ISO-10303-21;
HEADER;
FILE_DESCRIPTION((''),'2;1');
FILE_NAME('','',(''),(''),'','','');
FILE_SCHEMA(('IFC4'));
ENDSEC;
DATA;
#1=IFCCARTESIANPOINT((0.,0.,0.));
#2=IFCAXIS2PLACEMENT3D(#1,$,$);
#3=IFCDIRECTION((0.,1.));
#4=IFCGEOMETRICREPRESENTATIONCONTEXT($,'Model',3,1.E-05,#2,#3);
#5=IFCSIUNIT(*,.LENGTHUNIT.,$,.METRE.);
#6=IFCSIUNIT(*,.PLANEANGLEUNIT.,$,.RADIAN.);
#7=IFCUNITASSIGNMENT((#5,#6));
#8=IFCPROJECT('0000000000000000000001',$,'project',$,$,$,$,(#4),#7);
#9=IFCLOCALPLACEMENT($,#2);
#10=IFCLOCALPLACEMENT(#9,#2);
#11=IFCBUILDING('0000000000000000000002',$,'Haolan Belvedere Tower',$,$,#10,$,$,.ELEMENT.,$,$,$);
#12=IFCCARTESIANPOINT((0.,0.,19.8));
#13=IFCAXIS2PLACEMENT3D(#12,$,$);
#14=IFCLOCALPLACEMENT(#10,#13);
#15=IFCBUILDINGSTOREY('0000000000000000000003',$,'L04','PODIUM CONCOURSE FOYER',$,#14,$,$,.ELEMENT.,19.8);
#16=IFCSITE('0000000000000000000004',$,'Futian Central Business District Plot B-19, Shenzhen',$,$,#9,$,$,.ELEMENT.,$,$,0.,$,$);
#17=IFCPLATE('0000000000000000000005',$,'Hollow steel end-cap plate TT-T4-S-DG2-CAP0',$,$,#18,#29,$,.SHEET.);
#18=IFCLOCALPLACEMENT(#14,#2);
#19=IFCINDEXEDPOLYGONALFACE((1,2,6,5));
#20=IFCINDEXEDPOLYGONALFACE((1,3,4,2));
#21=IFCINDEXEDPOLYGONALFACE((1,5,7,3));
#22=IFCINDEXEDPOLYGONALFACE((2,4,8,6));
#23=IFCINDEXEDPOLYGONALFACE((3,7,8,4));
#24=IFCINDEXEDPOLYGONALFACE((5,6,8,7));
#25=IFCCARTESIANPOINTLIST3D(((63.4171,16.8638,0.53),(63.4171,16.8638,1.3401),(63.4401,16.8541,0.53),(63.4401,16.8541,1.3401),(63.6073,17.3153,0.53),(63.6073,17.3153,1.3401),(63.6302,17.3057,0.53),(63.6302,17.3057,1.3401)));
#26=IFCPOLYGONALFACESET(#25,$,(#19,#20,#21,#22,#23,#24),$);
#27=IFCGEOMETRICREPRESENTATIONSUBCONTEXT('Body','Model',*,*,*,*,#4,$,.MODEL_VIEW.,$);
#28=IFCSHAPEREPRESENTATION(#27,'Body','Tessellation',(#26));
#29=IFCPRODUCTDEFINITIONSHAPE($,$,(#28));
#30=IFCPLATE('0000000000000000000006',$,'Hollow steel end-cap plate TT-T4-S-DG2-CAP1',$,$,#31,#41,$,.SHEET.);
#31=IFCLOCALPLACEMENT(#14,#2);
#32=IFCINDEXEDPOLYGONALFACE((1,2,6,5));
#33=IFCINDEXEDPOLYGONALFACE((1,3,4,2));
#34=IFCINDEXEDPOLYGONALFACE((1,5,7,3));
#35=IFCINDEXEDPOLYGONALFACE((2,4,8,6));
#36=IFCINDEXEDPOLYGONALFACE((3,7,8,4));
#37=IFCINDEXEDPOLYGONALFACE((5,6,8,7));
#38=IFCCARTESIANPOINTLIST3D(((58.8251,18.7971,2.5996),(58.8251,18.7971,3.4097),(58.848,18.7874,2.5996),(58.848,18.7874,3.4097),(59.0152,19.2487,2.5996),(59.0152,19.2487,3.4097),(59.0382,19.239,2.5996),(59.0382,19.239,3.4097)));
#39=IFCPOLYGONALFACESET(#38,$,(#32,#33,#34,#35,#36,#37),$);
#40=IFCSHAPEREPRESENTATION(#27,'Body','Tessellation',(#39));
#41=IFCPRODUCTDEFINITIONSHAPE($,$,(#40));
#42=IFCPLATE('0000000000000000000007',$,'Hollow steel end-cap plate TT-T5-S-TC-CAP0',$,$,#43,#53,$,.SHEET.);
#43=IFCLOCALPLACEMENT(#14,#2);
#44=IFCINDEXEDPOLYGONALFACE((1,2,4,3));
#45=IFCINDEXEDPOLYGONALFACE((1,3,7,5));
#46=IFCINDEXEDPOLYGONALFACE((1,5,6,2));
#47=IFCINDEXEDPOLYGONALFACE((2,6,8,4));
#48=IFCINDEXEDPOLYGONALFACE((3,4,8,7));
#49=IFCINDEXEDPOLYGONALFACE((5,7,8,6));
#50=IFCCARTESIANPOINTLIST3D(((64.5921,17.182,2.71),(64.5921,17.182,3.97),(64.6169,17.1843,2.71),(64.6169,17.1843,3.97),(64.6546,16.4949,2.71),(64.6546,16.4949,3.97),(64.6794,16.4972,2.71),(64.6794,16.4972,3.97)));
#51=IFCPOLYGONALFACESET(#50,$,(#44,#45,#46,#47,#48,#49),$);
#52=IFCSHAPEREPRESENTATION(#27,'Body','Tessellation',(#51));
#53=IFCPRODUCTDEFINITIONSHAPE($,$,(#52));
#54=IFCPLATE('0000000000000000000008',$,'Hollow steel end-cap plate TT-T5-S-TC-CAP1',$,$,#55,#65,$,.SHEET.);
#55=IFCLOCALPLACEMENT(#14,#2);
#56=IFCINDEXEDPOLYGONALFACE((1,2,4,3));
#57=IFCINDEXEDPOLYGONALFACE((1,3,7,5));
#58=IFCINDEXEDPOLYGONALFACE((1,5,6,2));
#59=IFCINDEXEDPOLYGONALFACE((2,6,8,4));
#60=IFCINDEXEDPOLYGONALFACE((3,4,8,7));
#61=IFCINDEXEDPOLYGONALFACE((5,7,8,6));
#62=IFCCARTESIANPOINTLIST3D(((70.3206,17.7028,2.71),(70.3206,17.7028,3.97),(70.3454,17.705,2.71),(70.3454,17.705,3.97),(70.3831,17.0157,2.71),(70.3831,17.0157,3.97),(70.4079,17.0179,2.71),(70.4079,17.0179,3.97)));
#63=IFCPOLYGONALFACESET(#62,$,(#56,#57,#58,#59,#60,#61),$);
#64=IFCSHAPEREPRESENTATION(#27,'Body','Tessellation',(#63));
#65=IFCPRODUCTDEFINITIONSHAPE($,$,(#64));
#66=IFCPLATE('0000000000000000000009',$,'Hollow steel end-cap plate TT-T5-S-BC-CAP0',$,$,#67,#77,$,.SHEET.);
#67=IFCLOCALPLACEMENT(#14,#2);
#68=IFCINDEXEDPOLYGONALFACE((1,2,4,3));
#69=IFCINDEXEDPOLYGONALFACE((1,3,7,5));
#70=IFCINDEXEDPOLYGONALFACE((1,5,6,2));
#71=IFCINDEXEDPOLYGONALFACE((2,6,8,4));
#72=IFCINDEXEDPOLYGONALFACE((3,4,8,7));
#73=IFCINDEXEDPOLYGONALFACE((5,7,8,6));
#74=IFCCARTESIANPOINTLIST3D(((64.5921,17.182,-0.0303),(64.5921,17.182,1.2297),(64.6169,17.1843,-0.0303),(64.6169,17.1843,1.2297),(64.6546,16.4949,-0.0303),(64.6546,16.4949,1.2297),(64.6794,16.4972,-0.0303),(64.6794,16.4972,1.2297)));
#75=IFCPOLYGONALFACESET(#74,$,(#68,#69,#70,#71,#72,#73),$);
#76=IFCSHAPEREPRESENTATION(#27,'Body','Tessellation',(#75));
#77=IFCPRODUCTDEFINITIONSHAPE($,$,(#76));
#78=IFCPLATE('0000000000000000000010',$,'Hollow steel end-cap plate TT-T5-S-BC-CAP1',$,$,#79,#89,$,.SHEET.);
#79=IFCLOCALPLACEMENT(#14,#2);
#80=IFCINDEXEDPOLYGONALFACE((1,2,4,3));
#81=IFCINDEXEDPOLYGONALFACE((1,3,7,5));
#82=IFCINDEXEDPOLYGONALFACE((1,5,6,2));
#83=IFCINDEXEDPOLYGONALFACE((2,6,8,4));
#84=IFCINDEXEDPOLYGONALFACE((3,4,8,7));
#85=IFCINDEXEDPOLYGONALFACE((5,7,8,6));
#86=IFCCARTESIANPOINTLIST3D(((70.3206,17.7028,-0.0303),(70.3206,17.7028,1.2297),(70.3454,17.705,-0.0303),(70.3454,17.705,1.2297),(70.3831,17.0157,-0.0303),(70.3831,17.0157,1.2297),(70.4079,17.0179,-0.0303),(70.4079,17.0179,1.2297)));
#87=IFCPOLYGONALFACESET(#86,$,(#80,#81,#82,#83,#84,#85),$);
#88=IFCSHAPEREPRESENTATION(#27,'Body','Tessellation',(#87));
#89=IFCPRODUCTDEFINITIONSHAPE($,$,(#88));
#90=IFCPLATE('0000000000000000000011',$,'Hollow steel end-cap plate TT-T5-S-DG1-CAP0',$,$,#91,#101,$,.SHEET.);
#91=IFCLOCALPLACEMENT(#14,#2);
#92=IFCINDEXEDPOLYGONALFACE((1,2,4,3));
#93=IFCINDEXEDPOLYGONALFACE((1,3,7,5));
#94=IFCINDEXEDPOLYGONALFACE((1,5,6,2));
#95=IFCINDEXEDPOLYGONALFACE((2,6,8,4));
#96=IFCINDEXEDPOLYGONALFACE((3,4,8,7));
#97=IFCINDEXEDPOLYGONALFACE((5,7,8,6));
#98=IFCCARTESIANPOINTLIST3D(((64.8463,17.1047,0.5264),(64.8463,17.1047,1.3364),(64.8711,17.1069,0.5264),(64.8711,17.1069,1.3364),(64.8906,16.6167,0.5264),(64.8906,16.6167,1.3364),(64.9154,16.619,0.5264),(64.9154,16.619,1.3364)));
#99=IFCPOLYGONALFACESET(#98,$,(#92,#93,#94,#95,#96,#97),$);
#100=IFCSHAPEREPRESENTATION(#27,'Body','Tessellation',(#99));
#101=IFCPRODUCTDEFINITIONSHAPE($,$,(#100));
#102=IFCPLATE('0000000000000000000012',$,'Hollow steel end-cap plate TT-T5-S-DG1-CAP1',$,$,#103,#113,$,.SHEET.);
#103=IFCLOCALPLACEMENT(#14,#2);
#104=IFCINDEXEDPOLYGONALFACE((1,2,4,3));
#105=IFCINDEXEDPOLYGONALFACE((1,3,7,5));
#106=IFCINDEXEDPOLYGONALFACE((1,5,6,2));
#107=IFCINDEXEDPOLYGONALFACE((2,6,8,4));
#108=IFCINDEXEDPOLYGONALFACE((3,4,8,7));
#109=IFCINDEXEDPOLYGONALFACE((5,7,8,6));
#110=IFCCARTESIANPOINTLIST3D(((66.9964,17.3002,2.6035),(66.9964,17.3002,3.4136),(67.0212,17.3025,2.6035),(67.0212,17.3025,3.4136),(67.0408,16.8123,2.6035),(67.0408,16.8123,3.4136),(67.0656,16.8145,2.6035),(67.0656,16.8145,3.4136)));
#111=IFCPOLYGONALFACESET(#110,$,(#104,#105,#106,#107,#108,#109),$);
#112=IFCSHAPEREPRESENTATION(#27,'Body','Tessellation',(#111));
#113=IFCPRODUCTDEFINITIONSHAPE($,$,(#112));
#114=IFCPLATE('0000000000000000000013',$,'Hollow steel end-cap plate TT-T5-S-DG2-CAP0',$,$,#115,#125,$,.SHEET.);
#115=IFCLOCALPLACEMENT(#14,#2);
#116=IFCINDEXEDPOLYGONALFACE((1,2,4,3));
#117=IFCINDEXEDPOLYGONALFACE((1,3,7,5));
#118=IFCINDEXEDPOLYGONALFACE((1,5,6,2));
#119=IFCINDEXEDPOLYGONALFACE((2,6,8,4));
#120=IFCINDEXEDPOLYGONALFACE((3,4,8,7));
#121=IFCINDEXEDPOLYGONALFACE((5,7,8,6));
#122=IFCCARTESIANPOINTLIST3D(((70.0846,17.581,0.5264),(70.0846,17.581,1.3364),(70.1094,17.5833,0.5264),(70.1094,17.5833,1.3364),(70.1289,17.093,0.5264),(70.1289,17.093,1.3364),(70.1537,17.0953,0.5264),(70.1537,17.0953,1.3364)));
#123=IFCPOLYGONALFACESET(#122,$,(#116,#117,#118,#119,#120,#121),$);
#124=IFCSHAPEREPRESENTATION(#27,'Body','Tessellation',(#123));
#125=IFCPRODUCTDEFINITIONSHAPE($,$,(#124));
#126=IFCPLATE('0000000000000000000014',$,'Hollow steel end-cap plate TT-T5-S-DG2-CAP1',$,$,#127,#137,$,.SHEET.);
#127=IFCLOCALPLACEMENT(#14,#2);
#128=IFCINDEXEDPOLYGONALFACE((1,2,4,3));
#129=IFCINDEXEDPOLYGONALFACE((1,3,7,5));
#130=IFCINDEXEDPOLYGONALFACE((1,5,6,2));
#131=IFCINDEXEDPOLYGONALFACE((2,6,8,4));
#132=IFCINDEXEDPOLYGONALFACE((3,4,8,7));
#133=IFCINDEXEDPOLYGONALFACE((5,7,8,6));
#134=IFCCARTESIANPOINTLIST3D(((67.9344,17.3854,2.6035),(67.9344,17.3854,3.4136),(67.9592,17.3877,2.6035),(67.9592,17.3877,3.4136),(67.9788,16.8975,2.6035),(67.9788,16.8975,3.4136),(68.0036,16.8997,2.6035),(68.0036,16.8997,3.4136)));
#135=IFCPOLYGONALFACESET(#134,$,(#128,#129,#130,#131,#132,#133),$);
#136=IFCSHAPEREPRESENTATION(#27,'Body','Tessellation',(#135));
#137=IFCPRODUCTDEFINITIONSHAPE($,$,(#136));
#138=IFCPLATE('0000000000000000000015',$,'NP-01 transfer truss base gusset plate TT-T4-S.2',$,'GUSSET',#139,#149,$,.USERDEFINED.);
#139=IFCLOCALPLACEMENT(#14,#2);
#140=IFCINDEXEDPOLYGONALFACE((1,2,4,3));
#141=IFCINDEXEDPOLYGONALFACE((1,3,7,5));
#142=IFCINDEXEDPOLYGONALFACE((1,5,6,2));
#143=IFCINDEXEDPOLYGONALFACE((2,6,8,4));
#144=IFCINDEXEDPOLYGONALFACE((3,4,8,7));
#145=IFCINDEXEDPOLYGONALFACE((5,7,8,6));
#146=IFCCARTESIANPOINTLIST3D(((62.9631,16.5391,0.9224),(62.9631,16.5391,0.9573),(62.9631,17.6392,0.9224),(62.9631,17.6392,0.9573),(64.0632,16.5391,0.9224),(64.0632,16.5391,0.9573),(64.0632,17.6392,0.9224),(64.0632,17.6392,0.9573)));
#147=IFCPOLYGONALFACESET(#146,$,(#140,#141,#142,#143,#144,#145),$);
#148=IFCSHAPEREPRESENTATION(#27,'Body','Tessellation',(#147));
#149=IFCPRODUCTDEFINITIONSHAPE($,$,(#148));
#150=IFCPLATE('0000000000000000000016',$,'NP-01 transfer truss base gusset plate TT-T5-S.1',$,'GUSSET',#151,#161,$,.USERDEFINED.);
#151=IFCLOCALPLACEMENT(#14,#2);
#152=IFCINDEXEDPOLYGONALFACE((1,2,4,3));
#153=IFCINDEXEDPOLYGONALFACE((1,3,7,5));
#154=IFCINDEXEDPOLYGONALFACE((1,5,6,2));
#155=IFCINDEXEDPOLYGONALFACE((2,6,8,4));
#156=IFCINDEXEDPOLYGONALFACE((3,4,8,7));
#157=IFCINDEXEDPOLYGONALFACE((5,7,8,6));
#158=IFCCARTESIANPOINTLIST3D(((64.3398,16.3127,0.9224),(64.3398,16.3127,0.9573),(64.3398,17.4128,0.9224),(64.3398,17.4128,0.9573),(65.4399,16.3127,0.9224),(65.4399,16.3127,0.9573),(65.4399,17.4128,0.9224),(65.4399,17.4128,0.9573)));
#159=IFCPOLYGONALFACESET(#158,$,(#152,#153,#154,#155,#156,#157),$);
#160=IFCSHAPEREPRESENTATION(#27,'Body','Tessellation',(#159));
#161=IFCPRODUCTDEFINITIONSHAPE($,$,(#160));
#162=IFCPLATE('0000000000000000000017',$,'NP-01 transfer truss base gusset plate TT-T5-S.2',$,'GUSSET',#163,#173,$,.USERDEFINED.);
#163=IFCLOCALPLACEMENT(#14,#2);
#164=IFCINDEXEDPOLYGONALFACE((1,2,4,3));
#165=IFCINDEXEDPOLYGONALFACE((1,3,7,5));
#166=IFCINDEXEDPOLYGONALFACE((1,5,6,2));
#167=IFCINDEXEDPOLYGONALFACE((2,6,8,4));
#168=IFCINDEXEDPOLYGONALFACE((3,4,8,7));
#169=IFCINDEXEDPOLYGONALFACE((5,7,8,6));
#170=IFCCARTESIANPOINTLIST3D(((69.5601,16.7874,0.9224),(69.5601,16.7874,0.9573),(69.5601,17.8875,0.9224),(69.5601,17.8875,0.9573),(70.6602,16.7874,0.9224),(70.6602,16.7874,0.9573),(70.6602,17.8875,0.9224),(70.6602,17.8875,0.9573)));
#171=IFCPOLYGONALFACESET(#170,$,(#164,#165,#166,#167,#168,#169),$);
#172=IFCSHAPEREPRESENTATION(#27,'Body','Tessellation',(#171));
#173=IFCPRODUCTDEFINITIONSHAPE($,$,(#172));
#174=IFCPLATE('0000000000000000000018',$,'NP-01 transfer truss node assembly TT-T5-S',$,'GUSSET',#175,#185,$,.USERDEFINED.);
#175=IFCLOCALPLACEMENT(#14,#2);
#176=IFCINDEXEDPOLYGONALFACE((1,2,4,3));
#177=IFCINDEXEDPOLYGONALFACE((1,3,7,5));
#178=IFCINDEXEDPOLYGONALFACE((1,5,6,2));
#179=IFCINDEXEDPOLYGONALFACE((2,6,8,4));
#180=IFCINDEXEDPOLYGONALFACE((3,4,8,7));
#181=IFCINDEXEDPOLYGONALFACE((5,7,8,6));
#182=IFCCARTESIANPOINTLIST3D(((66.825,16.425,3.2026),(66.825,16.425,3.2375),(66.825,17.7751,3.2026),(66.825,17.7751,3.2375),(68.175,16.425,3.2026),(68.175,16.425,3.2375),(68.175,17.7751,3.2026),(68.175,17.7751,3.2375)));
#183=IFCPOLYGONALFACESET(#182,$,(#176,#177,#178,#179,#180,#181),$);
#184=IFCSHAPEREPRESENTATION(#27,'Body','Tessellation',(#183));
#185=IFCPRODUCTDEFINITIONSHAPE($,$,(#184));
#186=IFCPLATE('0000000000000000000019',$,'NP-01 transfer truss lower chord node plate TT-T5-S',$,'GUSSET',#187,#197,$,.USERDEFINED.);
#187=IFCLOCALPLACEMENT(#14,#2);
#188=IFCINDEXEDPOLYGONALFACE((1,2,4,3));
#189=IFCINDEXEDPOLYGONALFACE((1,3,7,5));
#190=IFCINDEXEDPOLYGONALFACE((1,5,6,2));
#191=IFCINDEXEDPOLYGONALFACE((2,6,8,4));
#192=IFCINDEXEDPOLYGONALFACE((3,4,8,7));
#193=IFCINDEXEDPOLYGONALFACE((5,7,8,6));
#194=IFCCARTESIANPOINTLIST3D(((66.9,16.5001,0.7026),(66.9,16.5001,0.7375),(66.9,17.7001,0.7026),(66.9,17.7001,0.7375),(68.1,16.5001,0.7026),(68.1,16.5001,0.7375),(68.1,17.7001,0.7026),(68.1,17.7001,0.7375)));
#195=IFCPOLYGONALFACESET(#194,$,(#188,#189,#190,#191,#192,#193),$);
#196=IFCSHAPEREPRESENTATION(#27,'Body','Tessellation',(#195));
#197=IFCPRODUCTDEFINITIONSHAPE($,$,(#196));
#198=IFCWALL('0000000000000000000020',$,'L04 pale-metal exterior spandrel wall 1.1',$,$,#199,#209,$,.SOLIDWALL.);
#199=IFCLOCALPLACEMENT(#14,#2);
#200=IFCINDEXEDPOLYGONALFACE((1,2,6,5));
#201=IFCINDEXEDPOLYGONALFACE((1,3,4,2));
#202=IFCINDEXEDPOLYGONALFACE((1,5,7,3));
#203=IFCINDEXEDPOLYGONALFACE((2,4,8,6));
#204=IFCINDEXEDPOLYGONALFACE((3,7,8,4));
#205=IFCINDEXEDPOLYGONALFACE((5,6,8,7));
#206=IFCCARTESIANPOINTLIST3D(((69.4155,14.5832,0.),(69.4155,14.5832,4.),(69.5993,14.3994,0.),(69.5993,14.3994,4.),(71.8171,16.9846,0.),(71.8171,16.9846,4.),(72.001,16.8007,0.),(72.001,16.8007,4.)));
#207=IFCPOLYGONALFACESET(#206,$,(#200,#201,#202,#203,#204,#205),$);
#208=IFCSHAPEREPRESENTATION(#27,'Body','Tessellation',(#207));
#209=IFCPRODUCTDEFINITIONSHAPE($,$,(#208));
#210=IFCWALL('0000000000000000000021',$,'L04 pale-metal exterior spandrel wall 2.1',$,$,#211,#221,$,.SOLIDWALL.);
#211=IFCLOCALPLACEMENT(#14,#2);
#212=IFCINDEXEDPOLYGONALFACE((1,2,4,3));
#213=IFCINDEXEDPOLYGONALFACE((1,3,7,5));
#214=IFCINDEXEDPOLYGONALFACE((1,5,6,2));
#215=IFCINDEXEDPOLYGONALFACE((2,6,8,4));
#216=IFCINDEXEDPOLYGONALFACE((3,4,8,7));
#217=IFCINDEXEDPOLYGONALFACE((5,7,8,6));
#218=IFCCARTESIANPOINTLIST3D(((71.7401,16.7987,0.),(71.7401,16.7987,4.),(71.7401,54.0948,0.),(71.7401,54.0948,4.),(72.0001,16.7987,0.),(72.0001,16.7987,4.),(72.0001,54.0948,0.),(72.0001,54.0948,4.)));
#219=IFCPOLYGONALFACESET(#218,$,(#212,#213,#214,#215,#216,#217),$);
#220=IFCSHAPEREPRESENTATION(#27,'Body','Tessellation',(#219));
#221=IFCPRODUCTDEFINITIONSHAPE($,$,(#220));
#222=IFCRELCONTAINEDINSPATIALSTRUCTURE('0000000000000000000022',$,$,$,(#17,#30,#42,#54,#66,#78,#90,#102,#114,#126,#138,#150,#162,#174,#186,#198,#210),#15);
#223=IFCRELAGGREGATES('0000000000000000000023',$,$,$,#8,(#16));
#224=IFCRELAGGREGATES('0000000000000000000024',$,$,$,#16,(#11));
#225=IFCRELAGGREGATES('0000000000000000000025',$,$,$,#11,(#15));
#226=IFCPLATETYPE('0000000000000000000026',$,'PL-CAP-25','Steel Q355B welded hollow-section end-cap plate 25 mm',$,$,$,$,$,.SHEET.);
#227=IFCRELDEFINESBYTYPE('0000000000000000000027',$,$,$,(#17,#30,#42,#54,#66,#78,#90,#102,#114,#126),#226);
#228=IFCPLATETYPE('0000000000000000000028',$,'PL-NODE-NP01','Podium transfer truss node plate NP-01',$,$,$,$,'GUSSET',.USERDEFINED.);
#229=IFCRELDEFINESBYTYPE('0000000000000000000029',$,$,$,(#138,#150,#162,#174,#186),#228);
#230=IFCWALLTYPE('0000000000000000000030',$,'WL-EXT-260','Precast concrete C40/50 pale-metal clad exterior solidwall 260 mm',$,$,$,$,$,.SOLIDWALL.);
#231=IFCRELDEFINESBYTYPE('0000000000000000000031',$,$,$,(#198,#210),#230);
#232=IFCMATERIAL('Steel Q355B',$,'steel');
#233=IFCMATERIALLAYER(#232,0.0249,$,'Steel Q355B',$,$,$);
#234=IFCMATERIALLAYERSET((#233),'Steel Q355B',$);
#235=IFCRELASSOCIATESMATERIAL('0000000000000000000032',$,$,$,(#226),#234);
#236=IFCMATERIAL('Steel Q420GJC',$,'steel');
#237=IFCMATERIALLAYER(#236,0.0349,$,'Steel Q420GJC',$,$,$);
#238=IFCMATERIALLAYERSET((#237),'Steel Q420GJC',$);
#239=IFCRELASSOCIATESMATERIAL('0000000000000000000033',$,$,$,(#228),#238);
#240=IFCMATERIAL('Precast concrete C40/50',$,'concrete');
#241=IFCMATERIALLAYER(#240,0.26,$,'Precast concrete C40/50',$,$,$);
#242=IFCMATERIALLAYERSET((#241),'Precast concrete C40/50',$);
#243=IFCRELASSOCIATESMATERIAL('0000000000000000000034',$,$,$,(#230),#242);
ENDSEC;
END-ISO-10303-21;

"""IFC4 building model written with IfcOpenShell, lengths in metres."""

from ifc_helpers import new_model, si_unit, direction, frame, frame_2d, origin, origin_2d, place, context, subcontext, project, spatial, rectangle, extrude, material, layer, layer_set, type_object, element, save


model = new_model("IFC4")

# Units and contexts
model_context = context("Model", 3, precision=1e-05, world=origin(), true_north=direction((0.0, 1.0)))
body_context = subcontext(model_context, "Body", "Model", "MODEL_VIEW")
ifc_project = project(units=[si_unit("LENGTHUNIT", "METRE"), si_unit("PLANEANGLEUNIT", "RADIAN")], contexts=[model_context])

# Site, building, storey
site_placement = place(None, origin())
site = spatial("IfcSite", under=ifc_project, at=site_placement, Name="Futian Central Business District Plot B-19, Shenzhen", CompositionType="ELEMENT", RefElevation=0.0)
building_placement = place(site_placement, origin())
building = spatial("IfcBuilding", under=site, at=building_placement, Name="Haolan Belvedere Tower", CompositionType="ELEMENT")
storey_placement = place(building_placement, frame((0.0, 0.0, 19.8)))
storey = spatial("IfcBuildingStorey", under=building, at=storey_placement, Name="L04", Description="PODIUM CONCOURSE FOYER", CompositionType="ELEMENT", Elevation=19.8)

# Shared definitions
ifc_material_1 = material(Name="Steel Q355B", Category="steel")

# Shared definitions
ifc_material_2 = material(Name="Steel Q420GJC", Category="steel")

# Plates
ifc_layer_1 = layer(ifc_material_1, 0.0249, Name="Steel Q355B")
ifc_layer_set_1 = layer_set([ifc_layer_1], Name="Steel Q355B")
plate_type_1 = type_object("IfcPlateType", Name="PL-CAP-25", Description="Steel Q355B welded hollow-section end-cap plate 25 mm", PredefinedType="SHEET", material=ifc_layer_set_1)
for number, where, z_axis, x_axis, name in (
    (1, (63.5237, 17.0847, 0.53), (0.0, 0.0, 1.0), (0.388063, 0.921633, 0.0), "Hollow steel end-cap plate TT-T4-S-DG2-CAP0"),
    (2, (58.9316, 19.0181, 2.5996), (0.0, 0.0, 1.0), (-0.388063, -0.921633, 0.0), "Hollow steel end-cap plate TT-T4-S-DG2-CAP1"),
):
    element("IfcPlate", number, at=place(storey_placement, frame(where, z_axis=z_axis, x_axis=x_axis)), inside=storey, type_object=plate_type_1, Name=name, PredefinedType="SHEET", context=body_context, shape_type="SweptSolid", body=[
        extrude(rectangle(XDim=0.49, YDim=0.0249, at=origin_2d()), origin(), (0.0, 0.0, 1.0), 0.8101),
    ])
for number, where, z_axis, x_axis, name in (
    (3, (64.6357, 16.8396, 2.71), (0.0, 0.0, 1.0), (0.090528, -0.995894, 0.0), "Hollow steel end-cap plate TT-T5-S-TC-CAP0"),
    (4, (70.3643, 17.3604, 2.71), (0.0, 0.0, 1.0), (-0.090528, 0.995894, 0.0), "Hollow steel end-cap plate TT-T5-S-TC-CAP1"),
    (5, (64.6357, 16.8396, -0.0303), (0.0, 0.0, 1.0), (0.090528, -0.995894, 0.0), "Hollow steel end-cap plate TT-T5-S-BC-CAP0"),
    (6, (70.3643, 17.3604, -0.0303), (0.0, 0.0, 1.0), (-0.090528, 0.995894, 0.0), "Hollow steel end-cap plate TT-T5-S-BC-CAP1"),
):
    element("IfcPlate", number, at=place(storey_placement, frame(where, z_axis=z_axis, x_axis=x_axis)), inside=storey, type_object=plate_type_1, Name=name, PredefinedType="SHEET", context=body_context, shape_type="SweptSolid", body=[
        extrude(rectangle(XDim=0.6899, YDim=0.0249, at=origin_2d()), origin(), (0.0, 0.0, 1.0), 1.26),
    ])
for number, where, z_axis, x_axis, name in (
    (7, (64.8809, 16.8618, 0.5264), (0.0, 0.0, 1.0), (0.090511, -0.995895, 0.0), "Hollow steel end-cap plate TT-T5-S-DG1-CAP0"),
    (8, (67.031, 17.0574, 2.6035), (0.0, 0.0, 1.0), (-0.090511, 0.995895, 0.0), "Hollow steel end-cap plate TT-T5-S-DG1-CAP1"),
    (9, (70.1191, 17.3381, 0.5264), (0.0, 0.0, 1.0), (-0.090511, 0.995895, 0.0), "Hollow steel end-cap plate TT-T5-S-DG2-CAP0"),
    (10, (67.969, 17.1426, 2.6035), (0.0, 0.0, 1.0), (0.090511, -0.995895, 0.0), "Hollow steel end-cap plate TT-T5-S-DG2-CAP1"),
):
    element("IfcPlate", number, at=place(storey_placement, frame(where, z_axis=z_axis, x_axis=x_axis)), inside=storey, type_object=plate_type_1, Name=name, PredefinedType="SHEET", context=body_context, shape_type="SweptSolid", body=[
        extrude(rectangle(XDim=0.49, YDim=0.0249, at=origin_2d()), origin(), (0.0, 0.0, 1.0), 0.8101),
    ])
ifc_layer_2 = layer(ifc_material_2, 0.0349, Name="Steel Q420GJC")
ifc_layer_set_2 = layer_set([ifc_layer_2], Name="Steel Q420GJC")
plate_type_2 = type_object("IfcPlateType", Name="PL-NODE-NP01", Description="Podium transfer truss node plate NP-01", ElementType="GUSSET", PredefinedType="USERDEFINED", material=ifc_layer_set_2)
for number, where, z_axis, x_axis, name in (
    (11, (63.5132, 17.0891, 0.9224), (0.0, 0.0, 1.0), (1.0, 0.0, 0.0), "NP-01 transfer truss base gusset plate TT-T4-S.2"),
    (12, (64.8899, 16.8628, 0.9224), (0.0, 0.0, 1.0), (1.0, 0.0, 0.0), "NP-01 transfer truss base gusset plate TT-T5-S.1"),
    (13, (70.1101, 17.3374, 0.9224), (0.0, 0.0, 1.0), (1.0, 0.0, 0.0), "NP-01 transfer truss base gusset plate TT-T5-S.2"),
):
    element("IfcPlate", number, at=place(storey_placement, frame(where, z_axis=z_axis, x_axis=x_axis)), inside=storey, type_object=plate_type_2, Name=name, ObjectType="GUSSET", PredefinedType="USERDEFINED", context=body_context, shape_type="SweptSolid", body=[
        extrude(rectangle(XDim=1.1001, YDim=1.1001, at=origin_2d()), origin(), (0.0, 0.0, 1.0), 0.0349),
    ])
plate_1_placement = place(storey_placement, frame((67.5, 17.1001, 3.2026), z_axis=(0.0, 0.0, 1.0), x_axis=(1.0, 0.0, 0.0)))
element("IfcPlate", 14, at=plate_1_placement, inside=storey, type_object=plate_type_2, Name="NP-01 transfer truss node assembly TT-T5-S", ObjectType="GUSSET", PredefinedType="USERDEFINED", context=body_context, shape_type="SweptSolid", body=[
    extrude(rectangle(XDim=1.3501, YDim=1.3501, at=origin_2d()), origin(), (0.0, 0.0, 1.0), 0.0349),
])
plate_2_placement = place(storey_placement, frame((67.5, 17.1001, 0.7026), z_axis=(0.0, 0.0, 1.0), x_axis=(1.0, 0.0, 0.0)))
element("IfcPlate", 15, at=plate_2_placement, inside=storey, type_object=plate_type_2, Name="NP-01 transfer truss lower chord node plate TT-T5-S", ObjectType="GUSSET", PredefinedType="USERDEFINED", context=body_context, shape_type="SweptSolid", body=[
    extrude(rectangle(XDim=1.2, YDim=1.2, at=origin_2d()), origin(), (0.0, 0.0, 1.0), 0.0349),
])

# Walls
ifc_material_3 = material(Name="Precast concrete C40/50", Category="concrete")
ifc_layer_3 = layer(ifc_material_3, 0.26, Name="Precast concrete C40/50")
ifc_layer_set_3 = layer_set([ifc_layer_3], Name="Precast concrete C40/50")
wall_type_1 = type_object("IfcWallType", Name="WL-EXT-260", Description="Precast concrete C40/50 pale-metal clad exterior solidwall 260 mm", PredefinedType="SOLIDWALL", material=ifc_layer_set_3)
wall_1_placement = place(storey_placement, frame((69.5073, 14.4912, 0.0), z_axis=(0.0, 0.0, 1.0), x_axis=(0.707143, 0.707071, 0.0)))
element("IfcWall", 16, at=wall_1_placement, inside=storey, type_object=wall_type_1, Name="L04 pale-metal exterior spandrel wall 1.1", PredefinedType="SOLIDWALL", context=body_context, shape_type="SweptSolid", body=[
    extrude(rectangle(XDim=3.3962, YDim=0.26, at=frame_2d((1.6982, 0.0))), origin(), (0.0, 0.0, 1.0), 4.0),
])
wall_2_placement = place(storey_placement, frame((71.8701, 16.7988, 0.0), z_axis=(0.0, 0.0, 1.0), x_axis=(0.0, 1.0, 0.0)))
element("IfcWall", 17, at=wall_2_placement, inside=storey, type_object=wall_type_1, Name="L04 pale-metal exterior spandrel wall 2.1", PredefinedType="SOLIDWALL", context=body_context, shape_type="SweptSolid", body=[
    extrude(rectangle(XDim=37.2961, YDim=0.26, at=frame_2d((18.6479, 0.0))), origin(), (0.0, 0.0, 1.0), 4.0),
])

save(model, "model.ifc")
